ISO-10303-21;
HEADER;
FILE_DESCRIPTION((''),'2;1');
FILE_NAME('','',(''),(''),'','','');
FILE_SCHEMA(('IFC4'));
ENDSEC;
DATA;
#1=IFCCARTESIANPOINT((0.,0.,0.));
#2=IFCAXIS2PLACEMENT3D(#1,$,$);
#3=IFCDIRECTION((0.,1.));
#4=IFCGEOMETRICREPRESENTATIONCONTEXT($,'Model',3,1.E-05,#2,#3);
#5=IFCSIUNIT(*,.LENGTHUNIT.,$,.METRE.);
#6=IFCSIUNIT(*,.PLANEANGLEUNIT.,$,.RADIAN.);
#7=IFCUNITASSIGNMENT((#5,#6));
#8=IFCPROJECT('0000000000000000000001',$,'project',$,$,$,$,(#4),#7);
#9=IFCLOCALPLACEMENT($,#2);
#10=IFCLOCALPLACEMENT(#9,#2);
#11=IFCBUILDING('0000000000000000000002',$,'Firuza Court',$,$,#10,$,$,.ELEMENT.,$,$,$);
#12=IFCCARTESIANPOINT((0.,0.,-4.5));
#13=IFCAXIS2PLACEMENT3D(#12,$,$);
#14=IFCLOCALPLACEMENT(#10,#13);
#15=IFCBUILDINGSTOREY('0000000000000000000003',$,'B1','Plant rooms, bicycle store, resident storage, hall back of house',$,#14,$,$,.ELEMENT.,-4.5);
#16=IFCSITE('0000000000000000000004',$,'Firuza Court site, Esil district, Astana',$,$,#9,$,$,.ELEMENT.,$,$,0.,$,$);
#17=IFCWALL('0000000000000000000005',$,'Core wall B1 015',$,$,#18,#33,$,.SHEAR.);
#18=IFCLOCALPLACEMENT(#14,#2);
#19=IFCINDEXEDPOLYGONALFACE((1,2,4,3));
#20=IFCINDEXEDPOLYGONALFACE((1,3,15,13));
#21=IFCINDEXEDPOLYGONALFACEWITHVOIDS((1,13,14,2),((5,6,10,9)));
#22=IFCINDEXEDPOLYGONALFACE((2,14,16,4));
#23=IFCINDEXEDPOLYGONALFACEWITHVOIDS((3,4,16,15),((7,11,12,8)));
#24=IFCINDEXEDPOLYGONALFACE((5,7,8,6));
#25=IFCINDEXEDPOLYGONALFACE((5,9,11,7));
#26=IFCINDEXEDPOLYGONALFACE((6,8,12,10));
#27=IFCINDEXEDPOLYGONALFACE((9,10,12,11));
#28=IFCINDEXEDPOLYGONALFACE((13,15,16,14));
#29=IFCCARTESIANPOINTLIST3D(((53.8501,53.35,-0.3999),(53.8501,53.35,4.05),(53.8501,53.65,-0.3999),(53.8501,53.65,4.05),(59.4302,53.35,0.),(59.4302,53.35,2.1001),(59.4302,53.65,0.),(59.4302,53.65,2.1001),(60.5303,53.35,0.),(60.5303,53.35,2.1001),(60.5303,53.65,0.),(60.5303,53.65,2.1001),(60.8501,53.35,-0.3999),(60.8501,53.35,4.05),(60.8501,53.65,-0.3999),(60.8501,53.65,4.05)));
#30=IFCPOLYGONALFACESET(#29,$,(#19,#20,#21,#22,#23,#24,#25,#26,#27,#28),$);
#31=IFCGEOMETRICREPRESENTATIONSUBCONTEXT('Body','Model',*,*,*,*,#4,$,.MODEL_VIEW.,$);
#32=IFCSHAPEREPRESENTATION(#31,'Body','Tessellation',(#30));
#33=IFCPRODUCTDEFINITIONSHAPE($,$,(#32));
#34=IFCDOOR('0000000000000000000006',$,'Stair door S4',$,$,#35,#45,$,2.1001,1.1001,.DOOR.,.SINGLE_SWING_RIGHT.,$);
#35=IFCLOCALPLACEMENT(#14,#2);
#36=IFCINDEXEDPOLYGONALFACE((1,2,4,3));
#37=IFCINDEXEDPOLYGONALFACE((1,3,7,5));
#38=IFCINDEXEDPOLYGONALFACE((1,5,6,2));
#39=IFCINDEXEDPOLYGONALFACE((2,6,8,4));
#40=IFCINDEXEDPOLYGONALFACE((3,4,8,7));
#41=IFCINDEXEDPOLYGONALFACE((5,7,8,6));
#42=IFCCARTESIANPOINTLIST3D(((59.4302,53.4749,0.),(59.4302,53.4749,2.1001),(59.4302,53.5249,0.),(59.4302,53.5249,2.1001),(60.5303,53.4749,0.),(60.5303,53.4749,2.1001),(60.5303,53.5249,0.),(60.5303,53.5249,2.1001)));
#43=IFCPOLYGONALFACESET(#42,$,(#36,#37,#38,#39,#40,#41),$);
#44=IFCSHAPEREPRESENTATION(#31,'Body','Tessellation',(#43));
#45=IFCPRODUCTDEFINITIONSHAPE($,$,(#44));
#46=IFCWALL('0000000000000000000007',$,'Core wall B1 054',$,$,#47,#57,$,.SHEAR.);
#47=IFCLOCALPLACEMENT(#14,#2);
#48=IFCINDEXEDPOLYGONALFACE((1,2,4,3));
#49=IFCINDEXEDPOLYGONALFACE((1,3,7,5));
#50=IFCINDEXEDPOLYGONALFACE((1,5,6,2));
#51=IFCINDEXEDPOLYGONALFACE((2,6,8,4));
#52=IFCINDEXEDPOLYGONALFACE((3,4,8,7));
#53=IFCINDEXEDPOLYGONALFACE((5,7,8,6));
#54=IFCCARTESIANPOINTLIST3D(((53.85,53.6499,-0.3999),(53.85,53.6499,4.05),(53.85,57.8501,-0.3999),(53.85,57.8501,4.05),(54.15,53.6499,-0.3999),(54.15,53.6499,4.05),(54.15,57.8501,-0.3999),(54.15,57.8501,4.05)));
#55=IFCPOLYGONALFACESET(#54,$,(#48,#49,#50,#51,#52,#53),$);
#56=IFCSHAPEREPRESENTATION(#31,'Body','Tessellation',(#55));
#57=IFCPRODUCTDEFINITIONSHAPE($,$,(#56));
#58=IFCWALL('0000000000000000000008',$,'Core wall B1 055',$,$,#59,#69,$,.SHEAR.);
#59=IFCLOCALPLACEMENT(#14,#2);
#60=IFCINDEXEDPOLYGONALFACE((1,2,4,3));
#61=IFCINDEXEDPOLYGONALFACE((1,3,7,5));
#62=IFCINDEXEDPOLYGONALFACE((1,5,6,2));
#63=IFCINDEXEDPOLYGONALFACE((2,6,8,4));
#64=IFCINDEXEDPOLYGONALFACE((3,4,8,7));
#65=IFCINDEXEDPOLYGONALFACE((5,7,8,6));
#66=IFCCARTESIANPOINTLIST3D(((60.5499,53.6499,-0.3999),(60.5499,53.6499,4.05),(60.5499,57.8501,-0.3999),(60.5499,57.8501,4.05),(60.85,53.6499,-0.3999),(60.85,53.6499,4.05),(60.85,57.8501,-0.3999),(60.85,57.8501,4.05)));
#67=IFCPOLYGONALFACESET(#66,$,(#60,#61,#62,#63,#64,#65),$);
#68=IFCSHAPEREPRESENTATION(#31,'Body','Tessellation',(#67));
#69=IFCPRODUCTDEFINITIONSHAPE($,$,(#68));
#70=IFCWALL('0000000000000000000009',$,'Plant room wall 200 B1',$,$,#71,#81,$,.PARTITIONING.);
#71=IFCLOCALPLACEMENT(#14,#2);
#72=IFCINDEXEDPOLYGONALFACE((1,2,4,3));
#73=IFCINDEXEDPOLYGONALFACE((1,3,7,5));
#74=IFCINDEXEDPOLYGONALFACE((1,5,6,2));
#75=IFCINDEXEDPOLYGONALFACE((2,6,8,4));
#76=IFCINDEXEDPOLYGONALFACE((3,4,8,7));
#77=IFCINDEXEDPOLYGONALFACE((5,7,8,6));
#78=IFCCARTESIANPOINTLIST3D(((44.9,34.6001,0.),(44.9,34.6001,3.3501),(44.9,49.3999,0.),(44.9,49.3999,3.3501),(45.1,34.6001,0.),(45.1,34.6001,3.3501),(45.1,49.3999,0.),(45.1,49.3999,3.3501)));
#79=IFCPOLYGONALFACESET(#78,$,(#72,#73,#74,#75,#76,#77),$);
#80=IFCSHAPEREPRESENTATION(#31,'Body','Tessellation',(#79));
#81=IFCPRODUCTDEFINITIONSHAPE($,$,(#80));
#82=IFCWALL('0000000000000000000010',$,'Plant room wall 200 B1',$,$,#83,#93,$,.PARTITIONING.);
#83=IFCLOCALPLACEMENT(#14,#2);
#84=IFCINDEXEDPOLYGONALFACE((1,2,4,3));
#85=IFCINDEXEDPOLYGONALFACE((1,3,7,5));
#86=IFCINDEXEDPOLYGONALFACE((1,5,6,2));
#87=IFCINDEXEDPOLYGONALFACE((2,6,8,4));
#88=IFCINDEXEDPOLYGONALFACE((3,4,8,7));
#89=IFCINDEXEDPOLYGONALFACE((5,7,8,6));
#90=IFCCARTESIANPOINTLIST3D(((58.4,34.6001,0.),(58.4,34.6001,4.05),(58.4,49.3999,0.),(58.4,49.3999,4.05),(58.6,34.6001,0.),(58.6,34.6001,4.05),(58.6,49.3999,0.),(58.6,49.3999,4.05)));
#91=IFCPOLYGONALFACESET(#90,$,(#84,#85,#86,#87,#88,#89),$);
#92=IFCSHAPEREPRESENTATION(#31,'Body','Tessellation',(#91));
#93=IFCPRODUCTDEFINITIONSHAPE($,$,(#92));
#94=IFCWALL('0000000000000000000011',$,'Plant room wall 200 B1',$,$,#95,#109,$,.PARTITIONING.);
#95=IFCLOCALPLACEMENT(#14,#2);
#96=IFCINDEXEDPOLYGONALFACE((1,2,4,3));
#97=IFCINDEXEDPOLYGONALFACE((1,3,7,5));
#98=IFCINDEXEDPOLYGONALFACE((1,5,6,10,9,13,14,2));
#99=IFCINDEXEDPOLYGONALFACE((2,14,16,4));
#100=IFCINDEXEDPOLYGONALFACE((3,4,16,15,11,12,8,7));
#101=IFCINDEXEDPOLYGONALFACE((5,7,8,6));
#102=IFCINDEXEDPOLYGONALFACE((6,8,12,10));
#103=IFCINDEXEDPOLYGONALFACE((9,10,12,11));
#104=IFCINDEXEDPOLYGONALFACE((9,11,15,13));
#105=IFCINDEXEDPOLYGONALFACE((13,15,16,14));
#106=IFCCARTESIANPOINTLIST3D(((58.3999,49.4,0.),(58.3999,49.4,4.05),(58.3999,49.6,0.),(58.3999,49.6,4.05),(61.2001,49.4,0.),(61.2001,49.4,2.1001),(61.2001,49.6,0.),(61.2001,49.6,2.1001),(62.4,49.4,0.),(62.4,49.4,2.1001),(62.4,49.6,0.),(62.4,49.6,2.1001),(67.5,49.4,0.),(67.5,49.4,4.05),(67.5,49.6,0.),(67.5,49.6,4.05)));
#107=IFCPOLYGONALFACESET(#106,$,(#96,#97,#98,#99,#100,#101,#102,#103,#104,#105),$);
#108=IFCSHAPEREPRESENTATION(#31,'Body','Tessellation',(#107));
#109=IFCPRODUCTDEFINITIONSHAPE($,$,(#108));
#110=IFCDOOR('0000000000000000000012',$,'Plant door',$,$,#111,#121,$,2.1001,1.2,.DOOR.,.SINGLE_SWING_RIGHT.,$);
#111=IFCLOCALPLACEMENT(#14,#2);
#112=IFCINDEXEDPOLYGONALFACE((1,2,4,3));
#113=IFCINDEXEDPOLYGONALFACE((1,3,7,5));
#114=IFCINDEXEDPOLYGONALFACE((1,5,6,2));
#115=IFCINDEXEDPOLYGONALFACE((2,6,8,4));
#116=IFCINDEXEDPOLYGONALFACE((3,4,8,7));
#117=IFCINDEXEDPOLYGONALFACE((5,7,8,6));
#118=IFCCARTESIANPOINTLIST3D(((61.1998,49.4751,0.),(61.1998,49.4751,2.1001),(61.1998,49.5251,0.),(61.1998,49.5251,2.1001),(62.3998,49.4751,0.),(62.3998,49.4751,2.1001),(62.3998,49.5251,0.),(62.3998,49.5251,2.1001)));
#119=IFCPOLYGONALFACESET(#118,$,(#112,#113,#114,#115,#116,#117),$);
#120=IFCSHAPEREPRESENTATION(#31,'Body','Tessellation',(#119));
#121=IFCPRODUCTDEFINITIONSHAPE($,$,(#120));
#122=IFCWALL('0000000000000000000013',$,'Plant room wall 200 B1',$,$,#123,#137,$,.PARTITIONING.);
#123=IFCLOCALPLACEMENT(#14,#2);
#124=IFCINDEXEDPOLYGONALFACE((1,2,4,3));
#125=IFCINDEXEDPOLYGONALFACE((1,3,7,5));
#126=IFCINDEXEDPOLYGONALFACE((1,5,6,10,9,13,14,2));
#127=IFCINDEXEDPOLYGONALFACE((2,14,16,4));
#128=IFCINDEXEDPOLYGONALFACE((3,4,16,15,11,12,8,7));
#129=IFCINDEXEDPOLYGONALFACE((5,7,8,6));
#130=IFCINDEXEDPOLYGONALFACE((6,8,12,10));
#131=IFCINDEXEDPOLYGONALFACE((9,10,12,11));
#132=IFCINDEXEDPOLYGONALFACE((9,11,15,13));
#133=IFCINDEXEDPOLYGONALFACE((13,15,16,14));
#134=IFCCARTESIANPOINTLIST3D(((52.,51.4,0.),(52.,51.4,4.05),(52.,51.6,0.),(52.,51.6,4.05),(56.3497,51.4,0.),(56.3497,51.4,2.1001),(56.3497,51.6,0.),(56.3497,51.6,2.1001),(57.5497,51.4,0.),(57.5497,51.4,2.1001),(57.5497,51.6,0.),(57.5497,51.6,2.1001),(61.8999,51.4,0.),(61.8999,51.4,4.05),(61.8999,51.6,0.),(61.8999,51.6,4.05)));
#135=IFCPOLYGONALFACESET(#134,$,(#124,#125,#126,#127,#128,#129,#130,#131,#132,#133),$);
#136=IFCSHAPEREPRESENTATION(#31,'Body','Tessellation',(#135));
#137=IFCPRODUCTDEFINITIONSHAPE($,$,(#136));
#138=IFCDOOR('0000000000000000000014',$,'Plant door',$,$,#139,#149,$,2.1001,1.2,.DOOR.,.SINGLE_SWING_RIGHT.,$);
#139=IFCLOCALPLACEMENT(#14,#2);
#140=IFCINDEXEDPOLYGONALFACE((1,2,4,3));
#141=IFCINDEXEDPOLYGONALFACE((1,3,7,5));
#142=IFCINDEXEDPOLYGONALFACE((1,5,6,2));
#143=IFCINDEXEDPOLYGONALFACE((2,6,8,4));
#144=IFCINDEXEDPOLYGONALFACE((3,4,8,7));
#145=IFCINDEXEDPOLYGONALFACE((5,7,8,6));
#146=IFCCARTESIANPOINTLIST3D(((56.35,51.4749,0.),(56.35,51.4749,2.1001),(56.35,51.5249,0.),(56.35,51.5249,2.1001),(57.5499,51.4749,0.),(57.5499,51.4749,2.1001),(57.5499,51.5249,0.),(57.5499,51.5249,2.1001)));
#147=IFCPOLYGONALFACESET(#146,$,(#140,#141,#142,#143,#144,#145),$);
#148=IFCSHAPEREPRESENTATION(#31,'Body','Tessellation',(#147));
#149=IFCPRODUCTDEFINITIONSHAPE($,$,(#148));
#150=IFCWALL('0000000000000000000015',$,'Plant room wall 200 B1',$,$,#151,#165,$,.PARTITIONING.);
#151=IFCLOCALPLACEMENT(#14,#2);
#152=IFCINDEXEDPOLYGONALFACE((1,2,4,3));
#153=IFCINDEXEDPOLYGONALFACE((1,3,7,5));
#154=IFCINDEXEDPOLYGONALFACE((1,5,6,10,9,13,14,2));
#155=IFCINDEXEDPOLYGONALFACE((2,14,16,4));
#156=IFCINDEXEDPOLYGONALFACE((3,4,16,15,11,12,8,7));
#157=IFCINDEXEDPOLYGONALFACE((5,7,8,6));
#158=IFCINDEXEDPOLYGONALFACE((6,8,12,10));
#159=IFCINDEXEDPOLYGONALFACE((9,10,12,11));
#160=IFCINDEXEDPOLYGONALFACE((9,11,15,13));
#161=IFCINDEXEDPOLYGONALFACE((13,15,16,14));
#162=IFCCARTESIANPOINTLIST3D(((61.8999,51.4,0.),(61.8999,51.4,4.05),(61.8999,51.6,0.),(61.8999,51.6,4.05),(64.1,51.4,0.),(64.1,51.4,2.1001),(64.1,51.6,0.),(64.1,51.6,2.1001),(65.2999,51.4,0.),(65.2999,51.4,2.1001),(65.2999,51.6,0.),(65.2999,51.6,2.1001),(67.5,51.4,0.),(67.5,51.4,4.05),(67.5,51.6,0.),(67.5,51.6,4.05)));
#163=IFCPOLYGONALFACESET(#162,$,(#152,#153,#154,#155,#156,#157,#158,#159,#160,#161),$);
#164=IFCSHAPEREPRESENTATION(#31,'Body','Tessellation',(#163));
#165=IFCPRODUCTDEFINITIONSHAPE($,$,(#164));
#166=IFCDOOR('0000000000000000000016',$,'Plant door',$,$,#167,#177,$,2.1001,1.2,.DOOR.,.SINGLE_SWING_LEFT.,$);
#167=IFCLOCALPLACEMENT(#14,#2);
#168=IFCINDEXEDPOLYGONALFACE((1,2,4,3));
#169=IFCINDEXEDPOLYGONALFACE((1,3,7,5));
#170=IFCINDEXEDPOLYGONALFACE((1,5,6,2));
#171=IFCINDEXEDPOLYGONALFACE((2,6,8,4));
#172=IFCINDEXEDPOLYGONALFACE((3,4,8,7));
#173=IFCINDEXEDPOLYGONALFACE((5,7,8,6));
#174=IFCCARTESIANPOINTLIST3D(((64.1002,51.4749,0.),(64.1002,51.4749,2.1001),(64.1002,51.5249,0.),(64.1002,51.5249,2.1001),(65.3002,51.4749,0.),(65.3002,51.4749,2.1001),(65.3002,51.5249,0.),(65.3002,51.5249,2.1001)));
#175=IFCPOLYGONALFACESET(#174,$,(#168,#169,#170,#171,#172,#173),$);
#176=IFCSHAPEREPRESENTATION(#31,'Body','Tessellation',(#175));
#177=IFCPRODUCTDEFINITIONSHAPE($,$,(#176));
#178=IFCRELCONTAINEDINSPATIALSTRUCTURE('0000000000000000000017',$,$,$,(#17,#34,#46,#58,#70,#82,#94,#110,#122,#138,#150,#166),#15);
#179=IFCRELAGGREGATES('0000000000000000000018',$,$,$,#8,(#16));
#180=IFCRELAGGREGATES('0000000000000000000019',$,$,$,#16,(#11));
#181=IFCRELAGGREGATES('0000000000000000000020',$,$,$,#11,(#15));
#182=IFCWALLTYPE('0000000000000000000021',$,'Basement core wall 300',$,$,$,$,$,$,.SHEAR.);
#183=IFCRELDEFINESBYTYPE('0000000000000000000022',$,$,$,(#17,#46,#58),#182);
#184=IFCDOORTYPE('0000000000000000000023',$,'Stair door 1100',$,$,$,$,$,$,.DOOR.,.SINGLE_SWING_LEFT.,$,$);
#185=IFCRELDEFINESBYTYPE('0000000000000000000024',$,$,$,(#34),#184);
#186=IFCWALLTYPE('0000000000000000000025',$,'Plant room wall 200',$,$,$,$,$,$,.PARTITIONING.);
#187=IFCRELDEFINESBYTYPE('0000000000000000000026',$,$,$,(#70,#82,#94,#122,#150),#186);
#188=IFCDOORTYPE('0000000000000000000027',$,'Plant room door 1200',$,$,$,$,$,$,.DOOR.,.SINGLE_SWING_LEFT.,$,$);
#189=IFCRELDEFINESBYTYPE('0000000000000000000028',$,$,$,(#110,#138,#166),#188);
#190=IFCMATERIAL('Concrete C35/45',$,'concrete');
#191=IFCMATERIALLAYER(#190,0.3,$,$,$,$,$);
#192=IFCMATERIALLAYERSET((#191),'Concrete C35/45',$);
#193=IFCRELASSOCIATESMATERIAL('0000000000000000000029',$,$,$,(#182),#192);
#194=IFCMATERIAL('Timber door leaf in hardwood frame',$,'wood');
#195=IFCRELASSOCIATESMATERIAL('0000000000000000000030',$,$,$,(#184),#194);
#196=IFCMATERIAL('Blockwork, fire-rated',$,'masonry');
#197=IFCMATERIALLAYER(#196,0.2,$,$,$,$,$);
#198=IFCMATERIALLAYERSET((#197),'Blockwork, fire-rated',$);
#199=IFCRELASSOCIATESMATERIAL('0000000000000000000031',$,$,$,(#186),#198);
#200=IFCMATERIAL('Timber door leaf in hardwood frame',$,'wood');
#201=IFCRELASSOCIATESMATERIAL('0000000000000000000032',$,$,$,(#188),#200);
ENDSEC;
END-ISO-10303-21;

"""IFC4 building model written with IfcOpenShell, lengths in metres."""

from ifc_helpers import new_model, si_unit, direction, frame, frame_2d, origin, place, context, subcontext, project, spatial, rectangle, extrude, material, layer, layer_set, type_object, element, fill, save


model = new_model("IFC4")

# Units and contexts
model_context = context("Model", 3, precision=1e-05, world=origin(), true_north=direction((0.0, 1.0)))
body_context = subcontext(model_context, "Body", "Model", "MODEL_VIEW")
ifc_project = project(units=[si_unit("LENGTHUNIT", "METRE"), si_unit("PLANEANGLEUNIT", "RADIAN")], contexts=[model_context])

# Site, building, storey
site_placement = place(None, origin())
site = spatial("IfcSite", under=ifc_project, at=site_placement, Name="Firuza Court site, Esil district, Astana", CompositionType="ELEMENT", RefElevation=0.0)
building_placement = place(site_placement, origin())
building = spatial("IfcBuilding", under=site, at=building_placement, Name="Firuza Court", CompositionType="ELEMENT")
storey_placement = place(building_placement, frame((0.0, 0.0, -4.5)))
storey = spatial("IfcBuildingStorey", under=building, at=storey_placement, Name="B1", Description="Plant rooms, bicycle store, resident storage, hall back of house", CompositionType="ELEMENT", Elevation=-4.5)

# Wall, opening, door
ifc_material_1 = material(Name="Concrete C35/45", Category="concrete")
ifc_layer_1 = layer(ifc_material_1, 0.3)
ifc_layer_set_1 = layer_set([ifc_layer_1], Name="Concrete C35/45")
wall_type_1 = type_object("IfcWallType", Name="Basement core wall 300", PredefinedType="SHEAR", material=ifc_layer_set_1)
wall_1_placement = place(storey_placement, frame((53.8501, 53.5, -0.3999), z_axis=(0.0, 0.0, 1.0), x_axis=(1.0, 0.0, 0.0)))
wall_1 = element("IfcWall", 1, at=wall_1_placement, inside=storey, type_object=wall_type_1, Name="Core wall B1 015", PredefinedType="SHEAR", context=body_context, shape_type="SweptSolid", body=[
    extrude(rectangle(XDim=7.0, YDim=0.3, at=frame_2d((3.5, 0.0))), origin(), (0.0, 0.0, 1.0), 4.45),
])
opening_1_placement = place(wall_1_placement, frame((5.5801, 0.0, 0.3999)))
opening_1 = element("IfcOpeningElement", 2, at=opening_1_placement, cuts=wall_1, PredefinedType="OPENING", context=body_context, shape_type="SweptSolid", body=[
    extrude(rectangle(XDim=1.1001, YDim=2.1001, at=frame_2d((0.55, 1.05))), frame((0.0, 0.1621, 0.0), z_axis=(0.0, -1.0, 0.0), x_axis=(1.0, 0.0, 0.0)), (0.0, 0.0, 1.0), 0.324),
])
ifc_material_2 = material(Name="Timber door leaf in hardwood frame", Category="wood")
door_type_1 = type_object("IfcDoorType", Name="Stair door 1100", OperationType="SINGLE_SWING_LEFT", PredefinedType="DOOR", material=ifc_material_2)
door_1_placement = place(opening_1_placement, origin())
door_1 = element("IfcDoor", 3, at=door_1_placement, inside=storey, type_object=door_type_1, Name="Stair door S4", OperationType="SINGLE_SWING_RIGHT", OverallHeight=2.1001, OverallWidth=1.1001, PredefinedType="DOOR", context=body_context, shape_type="SweptSolid", body=[
    extrude(rectangle(XDim=1.1001, YDim=2.1001, at=frame_2d((0.55, 1.05))), frame((0.0, 0.0249, 0.0), z_axis=(0.0, -1.0, 0.0), x_axis=(1.0, 0.0, 0.0)), (0.0, 0.0, 1.0), 0.05),
])
fill(opening_1, door_1)

# Walls
for number, where, z_axis, x_axis, name in (
    (4, (54.0, 53.6499, -0.3999), (0.0, 0.0, 1.0), (0.0, 1.0, 0.0), "Core wall B1 054"),
    (5, (60.7, 53.6499, -0.3999), (0.0, 0.0, 1.0), (0.0, 1.0, 0.0), "Core wall B1 055"),
):
    element("IfcWall", number, at=place(storey_placement, frame(where, z_axis=z_axis, x_axis=x_axis)), inside=storey, type_object=wall_type_1, Name=name, PredefinedType="SHEAR", context=body_context, shape_type="SweptSolid", body=[
        extrude(rectangle(XDim=4.2002, YDim=0.3, at=frame_2d((2.1001, 0.0))), origin(), (0.0, 0.0, 1.0), 4.45),
    ])
ifc_material_3 = material(Name="Blockwork, fire-rated", Category="masonry")
ifc_layer_2 = layer(ifc_material_3, 0.2)
ifc_layer_set_2 = layer_set([ifc_layer_2], Name="Blockwork, fire-rated")
wall_type_2 = type_object("IfcWallType", Name="Plant room wall 200", PredefinedType="PARTITIONING", material=ifc_layer_set_2)
wall_2_placement = place(storey_placement, frame((45.0, 34.6001, 0.0), z_axis=(0.0, 0.0, 1.0), x_axis=(0.0, 1.0, 0.0)))
element("IfcWall", 6, at=wall_2_placement, inside=storey, type_object=wall_type_2, Name="Plant room wall 200 B1", PredefinedType="PARTITIONING", context=body_context, shape_type="SweptSolid", body=[
    extrude(rectangle(XDim=14.7998, YDim=0.2, at=frame_2d((7.3999, 0.0))), origin(), (0.0, 0.0, 1.0), 3.3501),
])
wall_3_placement = place(storey_placement, frame((58.5, 49.3999, 0.0), z_axis=(0.0, 0.0, 1.0), x_axis=(0.0, -1.0, 0.0)))
element("IfcWall", 7, at=wall_3_placement, inside=storey, type_object=wall_type_2, Name="Plant room wall 200 B1", PredefinedType="PARTITIONING", context=body_context, shape_type="SweptSolid", body=[
    extrude(rectangle(XDim=14.7998, YDim=0.2, at=frame_2d((7.3999, 0.0))), origin(), (0.0, 0.0, 1.0), 4.05),
])

# Walls, openings, doors
wall_4_placement = place(storey_placement, frame((58.3999, 49.5, 0.0), z_axis=(0.0, 0.0, 1.0), x_axis=(1.0, 0.0, 0.0)))
wall_4 = element("IfcWall", 8, at=wall_4_placement, inside=storey, type_object=wall_type_2, Name="Plant room wall 200 B1", PredefinedType="PARTITIONING", context=body_context, shape_type="SweptSolid", body=[
    extrude(rectangle(XDim=9.1001, YDim=0.2, at=frame_2d((4.55, 0.0))), origin(), (0.0, 0.0, 1.0), 4.05),
])
opening_2_placement = place(wall_4_placement, frame((2.8, 0.0, 0.0)))
opening_2 = element("IfcOpeningElement", 9, at=opening_2_placement, cuts=wall_4, PredefinedType="OPENING", context=body_context, shape_type="SweptSolid", body=[
    extrude(rectangle(XDim=1.2, YDim=2.1001, at=frame_2d((0.6001, 1.05))), frame((0.0, 0.1118, 0.0), z_axis=(0.0, -1.0, 0.0), x_axis=(1.0, 0.0, 0.0)), (0.0, 0.0, 1.0), 0.2239),
])
ifc_material_4 = material(Name="Timber door leaf in hardwood frame", Category="wood")
door_type_2 = type_object("IfcDoorType", Name="Plant room door 1200", OperationType="SINGLE_SWING_LEFT", PredefinedType="DOOR", material=ifc_material_4)
door_2_placement = place(opening_2_placement, frame((1.2, 0.0, 0.0), z_axis=(0.0, 0.0, 1.0), x_axis=(-1.0, 0.0, 0.0)))
door_2 = element("IfcDoor", 10, at=door_2_placement, inside=storey, type_object=door_type_2, Name="Plant door", OperationType="SINGLE_SWING_RIGHT", OverallHeight=2.1001, OverallWidth=1.2, PredefinedType="DOOR", context=body_context, shape_type="SweptSolid", body=[
    extrude(rectangle(XDim=1.2, YDim=2.1001, at=frame_2d((0.6001, 1.05))), frame((0.0, 0.0249, 0.0), z_axis=(0.0, -1.0, 0.0), x_axis=(1.0, 0.0, 0.0)), (0.0, 0.0, 1.0), 0.05),
])
fill(opening_2, door_2)
wall_5_placement = place(storey_placement, frame((61.8999, 51.5, 0.0), z_axis=(0.0, 0.0, 1.0), x_axis=(-1.0, 0.0, 0.0)))
wall_5 = element("IfcWall", 11, at=wall_5_placement, inside=storey, type_object=wall_type_2, Name="Plant room wall 200 B1", PredefinedType="PARTITIONING", context=body_context, shape_type="SweptSolid", body=[
    extrude(rectangle(XDim=9.8999, YDim=0.2, at=frame_2d((4.95, 0.0))), origin(), (0.0, 0.0, 1.0), 4.05),
])
opening_3_placement = place(wall_5_placement, frame((4.3501, 0.0, 0.0)))
opening_3 = element("IfcOpeningElement", 12, at=opening_3_placement, cuts=wall_5, PredefinedType="OPENING", context=body_context, shape_type="SweptSolid", body=[
    extrude(rectangle(XDim=1.2, YDim=2.1001, at=frame_2d((0.6001, 1.05))), frame((0.0, 0.1118, 0.0), z_axis=(0.0, -1.0, 0.0), x_axis=(1.0, 0.0, 0.0)), (0.0, 0.0, 1.0), 0.2239),
])
door_3_placement = place(opening_3_placement, frame((1.2, 0.0, 0.0), z_axis=(0.0, 0.0, 1.0), x_axis=(-1.0, 0.0, 0.0)))
door_3 = element("IfcDoor", 13, at=door_3_placement, inside=storey, type_object=door_type_2, Name="Plant door", OperationType="SINGLE_SWING_RIGHT", OverallHeight=2.1001, OverallWidth=1.2, PredefinedType="DOOR", context=body_context, shape_type="SweptSolid", body=[
    extrude(rectangle(XDim=1.2, YDim=2.1001, at=frame_2d((0.6001, 1.05))), frame((0.0, 0.0249, 0.0), z_axis=(0.0, -1.0, 0.0), x_axis=(1.0, 0.0, 0.0)), (0.0, 0.0, 1.0), 0.05),
])
fill(opening_3, door_3)
wall_6_placement = place(storey_placement, frame((67.5, 51.5, 0.0), z_axis=(0.0, 0.0, 1.0), x_axis=(-1.0, 0.0, 0.0)))
wall_6 = element("IfcWall", 14, at=wall_6_placement, inside=storey, type_object=wall_type_2, Name="Plant room wall 200 B1", PredefinedType="PARTITIONING", context=body_context, shape_type="SweptSolid", body=[
    extrude(rectangle(XDim=5.6001, YDim=0.2, at=frame_2d((2.8, 0.0))), origin(), (0.0, 0.0, 1.0), 4.05),
])
opening_4_placement = place(wall_6_placement, frame((2.2, 0.0, 0.0)))
opening_4 = element("IfcOpeningElement", 15, at=opening_4_placement, cuts=wall_6, PredefinedType="OPENING", context=body_context, shape_type="SweptSolid", body=[
    extrude(rectangle(XDim=1.2, YDim=2.1001, at=frame_2d((0.6001, 1.05))), frame((0.0, 0.1118, 0.0), z_axis=(0.0, -1.0, 0.0), x_axis=(1.0, 0.0, 0.0)), (0.0, 0.0, 1.0), 0.2239),
])
door_4_placement = place(opening_4_placement, frame((1.2, 0.0, 0.0), z_axis=(0.0, 0.0, 1.0), x_axis=(-1.0, 0.0, 0.0)))
door_4 = element("IfcDoor", 16, at=door_4_placement, inside=storey, type_object=door_type_2, Name="Plant door", OperationType="SINGLE_SWING_LEFT", OverallHeight=2.1001, OverallWidth=1.2, PredefinedType="DOOR", context=body_context, shape_type="SweptSolid", body=[
    extrude(rectangle(XDim=1.2, YDim=2.1001, at=frame_2d((0.6001, 1.05))), frame((0.0, 0.0249, 0.0), z_axis=(0.0, -1.0, 0.0), x_axis=(1.0, 0.0, 0.0)), (0.0, 0.0, 1.0), 0.05),
])
fill(opening_4, door_4)

save(model, "model.ifc")
